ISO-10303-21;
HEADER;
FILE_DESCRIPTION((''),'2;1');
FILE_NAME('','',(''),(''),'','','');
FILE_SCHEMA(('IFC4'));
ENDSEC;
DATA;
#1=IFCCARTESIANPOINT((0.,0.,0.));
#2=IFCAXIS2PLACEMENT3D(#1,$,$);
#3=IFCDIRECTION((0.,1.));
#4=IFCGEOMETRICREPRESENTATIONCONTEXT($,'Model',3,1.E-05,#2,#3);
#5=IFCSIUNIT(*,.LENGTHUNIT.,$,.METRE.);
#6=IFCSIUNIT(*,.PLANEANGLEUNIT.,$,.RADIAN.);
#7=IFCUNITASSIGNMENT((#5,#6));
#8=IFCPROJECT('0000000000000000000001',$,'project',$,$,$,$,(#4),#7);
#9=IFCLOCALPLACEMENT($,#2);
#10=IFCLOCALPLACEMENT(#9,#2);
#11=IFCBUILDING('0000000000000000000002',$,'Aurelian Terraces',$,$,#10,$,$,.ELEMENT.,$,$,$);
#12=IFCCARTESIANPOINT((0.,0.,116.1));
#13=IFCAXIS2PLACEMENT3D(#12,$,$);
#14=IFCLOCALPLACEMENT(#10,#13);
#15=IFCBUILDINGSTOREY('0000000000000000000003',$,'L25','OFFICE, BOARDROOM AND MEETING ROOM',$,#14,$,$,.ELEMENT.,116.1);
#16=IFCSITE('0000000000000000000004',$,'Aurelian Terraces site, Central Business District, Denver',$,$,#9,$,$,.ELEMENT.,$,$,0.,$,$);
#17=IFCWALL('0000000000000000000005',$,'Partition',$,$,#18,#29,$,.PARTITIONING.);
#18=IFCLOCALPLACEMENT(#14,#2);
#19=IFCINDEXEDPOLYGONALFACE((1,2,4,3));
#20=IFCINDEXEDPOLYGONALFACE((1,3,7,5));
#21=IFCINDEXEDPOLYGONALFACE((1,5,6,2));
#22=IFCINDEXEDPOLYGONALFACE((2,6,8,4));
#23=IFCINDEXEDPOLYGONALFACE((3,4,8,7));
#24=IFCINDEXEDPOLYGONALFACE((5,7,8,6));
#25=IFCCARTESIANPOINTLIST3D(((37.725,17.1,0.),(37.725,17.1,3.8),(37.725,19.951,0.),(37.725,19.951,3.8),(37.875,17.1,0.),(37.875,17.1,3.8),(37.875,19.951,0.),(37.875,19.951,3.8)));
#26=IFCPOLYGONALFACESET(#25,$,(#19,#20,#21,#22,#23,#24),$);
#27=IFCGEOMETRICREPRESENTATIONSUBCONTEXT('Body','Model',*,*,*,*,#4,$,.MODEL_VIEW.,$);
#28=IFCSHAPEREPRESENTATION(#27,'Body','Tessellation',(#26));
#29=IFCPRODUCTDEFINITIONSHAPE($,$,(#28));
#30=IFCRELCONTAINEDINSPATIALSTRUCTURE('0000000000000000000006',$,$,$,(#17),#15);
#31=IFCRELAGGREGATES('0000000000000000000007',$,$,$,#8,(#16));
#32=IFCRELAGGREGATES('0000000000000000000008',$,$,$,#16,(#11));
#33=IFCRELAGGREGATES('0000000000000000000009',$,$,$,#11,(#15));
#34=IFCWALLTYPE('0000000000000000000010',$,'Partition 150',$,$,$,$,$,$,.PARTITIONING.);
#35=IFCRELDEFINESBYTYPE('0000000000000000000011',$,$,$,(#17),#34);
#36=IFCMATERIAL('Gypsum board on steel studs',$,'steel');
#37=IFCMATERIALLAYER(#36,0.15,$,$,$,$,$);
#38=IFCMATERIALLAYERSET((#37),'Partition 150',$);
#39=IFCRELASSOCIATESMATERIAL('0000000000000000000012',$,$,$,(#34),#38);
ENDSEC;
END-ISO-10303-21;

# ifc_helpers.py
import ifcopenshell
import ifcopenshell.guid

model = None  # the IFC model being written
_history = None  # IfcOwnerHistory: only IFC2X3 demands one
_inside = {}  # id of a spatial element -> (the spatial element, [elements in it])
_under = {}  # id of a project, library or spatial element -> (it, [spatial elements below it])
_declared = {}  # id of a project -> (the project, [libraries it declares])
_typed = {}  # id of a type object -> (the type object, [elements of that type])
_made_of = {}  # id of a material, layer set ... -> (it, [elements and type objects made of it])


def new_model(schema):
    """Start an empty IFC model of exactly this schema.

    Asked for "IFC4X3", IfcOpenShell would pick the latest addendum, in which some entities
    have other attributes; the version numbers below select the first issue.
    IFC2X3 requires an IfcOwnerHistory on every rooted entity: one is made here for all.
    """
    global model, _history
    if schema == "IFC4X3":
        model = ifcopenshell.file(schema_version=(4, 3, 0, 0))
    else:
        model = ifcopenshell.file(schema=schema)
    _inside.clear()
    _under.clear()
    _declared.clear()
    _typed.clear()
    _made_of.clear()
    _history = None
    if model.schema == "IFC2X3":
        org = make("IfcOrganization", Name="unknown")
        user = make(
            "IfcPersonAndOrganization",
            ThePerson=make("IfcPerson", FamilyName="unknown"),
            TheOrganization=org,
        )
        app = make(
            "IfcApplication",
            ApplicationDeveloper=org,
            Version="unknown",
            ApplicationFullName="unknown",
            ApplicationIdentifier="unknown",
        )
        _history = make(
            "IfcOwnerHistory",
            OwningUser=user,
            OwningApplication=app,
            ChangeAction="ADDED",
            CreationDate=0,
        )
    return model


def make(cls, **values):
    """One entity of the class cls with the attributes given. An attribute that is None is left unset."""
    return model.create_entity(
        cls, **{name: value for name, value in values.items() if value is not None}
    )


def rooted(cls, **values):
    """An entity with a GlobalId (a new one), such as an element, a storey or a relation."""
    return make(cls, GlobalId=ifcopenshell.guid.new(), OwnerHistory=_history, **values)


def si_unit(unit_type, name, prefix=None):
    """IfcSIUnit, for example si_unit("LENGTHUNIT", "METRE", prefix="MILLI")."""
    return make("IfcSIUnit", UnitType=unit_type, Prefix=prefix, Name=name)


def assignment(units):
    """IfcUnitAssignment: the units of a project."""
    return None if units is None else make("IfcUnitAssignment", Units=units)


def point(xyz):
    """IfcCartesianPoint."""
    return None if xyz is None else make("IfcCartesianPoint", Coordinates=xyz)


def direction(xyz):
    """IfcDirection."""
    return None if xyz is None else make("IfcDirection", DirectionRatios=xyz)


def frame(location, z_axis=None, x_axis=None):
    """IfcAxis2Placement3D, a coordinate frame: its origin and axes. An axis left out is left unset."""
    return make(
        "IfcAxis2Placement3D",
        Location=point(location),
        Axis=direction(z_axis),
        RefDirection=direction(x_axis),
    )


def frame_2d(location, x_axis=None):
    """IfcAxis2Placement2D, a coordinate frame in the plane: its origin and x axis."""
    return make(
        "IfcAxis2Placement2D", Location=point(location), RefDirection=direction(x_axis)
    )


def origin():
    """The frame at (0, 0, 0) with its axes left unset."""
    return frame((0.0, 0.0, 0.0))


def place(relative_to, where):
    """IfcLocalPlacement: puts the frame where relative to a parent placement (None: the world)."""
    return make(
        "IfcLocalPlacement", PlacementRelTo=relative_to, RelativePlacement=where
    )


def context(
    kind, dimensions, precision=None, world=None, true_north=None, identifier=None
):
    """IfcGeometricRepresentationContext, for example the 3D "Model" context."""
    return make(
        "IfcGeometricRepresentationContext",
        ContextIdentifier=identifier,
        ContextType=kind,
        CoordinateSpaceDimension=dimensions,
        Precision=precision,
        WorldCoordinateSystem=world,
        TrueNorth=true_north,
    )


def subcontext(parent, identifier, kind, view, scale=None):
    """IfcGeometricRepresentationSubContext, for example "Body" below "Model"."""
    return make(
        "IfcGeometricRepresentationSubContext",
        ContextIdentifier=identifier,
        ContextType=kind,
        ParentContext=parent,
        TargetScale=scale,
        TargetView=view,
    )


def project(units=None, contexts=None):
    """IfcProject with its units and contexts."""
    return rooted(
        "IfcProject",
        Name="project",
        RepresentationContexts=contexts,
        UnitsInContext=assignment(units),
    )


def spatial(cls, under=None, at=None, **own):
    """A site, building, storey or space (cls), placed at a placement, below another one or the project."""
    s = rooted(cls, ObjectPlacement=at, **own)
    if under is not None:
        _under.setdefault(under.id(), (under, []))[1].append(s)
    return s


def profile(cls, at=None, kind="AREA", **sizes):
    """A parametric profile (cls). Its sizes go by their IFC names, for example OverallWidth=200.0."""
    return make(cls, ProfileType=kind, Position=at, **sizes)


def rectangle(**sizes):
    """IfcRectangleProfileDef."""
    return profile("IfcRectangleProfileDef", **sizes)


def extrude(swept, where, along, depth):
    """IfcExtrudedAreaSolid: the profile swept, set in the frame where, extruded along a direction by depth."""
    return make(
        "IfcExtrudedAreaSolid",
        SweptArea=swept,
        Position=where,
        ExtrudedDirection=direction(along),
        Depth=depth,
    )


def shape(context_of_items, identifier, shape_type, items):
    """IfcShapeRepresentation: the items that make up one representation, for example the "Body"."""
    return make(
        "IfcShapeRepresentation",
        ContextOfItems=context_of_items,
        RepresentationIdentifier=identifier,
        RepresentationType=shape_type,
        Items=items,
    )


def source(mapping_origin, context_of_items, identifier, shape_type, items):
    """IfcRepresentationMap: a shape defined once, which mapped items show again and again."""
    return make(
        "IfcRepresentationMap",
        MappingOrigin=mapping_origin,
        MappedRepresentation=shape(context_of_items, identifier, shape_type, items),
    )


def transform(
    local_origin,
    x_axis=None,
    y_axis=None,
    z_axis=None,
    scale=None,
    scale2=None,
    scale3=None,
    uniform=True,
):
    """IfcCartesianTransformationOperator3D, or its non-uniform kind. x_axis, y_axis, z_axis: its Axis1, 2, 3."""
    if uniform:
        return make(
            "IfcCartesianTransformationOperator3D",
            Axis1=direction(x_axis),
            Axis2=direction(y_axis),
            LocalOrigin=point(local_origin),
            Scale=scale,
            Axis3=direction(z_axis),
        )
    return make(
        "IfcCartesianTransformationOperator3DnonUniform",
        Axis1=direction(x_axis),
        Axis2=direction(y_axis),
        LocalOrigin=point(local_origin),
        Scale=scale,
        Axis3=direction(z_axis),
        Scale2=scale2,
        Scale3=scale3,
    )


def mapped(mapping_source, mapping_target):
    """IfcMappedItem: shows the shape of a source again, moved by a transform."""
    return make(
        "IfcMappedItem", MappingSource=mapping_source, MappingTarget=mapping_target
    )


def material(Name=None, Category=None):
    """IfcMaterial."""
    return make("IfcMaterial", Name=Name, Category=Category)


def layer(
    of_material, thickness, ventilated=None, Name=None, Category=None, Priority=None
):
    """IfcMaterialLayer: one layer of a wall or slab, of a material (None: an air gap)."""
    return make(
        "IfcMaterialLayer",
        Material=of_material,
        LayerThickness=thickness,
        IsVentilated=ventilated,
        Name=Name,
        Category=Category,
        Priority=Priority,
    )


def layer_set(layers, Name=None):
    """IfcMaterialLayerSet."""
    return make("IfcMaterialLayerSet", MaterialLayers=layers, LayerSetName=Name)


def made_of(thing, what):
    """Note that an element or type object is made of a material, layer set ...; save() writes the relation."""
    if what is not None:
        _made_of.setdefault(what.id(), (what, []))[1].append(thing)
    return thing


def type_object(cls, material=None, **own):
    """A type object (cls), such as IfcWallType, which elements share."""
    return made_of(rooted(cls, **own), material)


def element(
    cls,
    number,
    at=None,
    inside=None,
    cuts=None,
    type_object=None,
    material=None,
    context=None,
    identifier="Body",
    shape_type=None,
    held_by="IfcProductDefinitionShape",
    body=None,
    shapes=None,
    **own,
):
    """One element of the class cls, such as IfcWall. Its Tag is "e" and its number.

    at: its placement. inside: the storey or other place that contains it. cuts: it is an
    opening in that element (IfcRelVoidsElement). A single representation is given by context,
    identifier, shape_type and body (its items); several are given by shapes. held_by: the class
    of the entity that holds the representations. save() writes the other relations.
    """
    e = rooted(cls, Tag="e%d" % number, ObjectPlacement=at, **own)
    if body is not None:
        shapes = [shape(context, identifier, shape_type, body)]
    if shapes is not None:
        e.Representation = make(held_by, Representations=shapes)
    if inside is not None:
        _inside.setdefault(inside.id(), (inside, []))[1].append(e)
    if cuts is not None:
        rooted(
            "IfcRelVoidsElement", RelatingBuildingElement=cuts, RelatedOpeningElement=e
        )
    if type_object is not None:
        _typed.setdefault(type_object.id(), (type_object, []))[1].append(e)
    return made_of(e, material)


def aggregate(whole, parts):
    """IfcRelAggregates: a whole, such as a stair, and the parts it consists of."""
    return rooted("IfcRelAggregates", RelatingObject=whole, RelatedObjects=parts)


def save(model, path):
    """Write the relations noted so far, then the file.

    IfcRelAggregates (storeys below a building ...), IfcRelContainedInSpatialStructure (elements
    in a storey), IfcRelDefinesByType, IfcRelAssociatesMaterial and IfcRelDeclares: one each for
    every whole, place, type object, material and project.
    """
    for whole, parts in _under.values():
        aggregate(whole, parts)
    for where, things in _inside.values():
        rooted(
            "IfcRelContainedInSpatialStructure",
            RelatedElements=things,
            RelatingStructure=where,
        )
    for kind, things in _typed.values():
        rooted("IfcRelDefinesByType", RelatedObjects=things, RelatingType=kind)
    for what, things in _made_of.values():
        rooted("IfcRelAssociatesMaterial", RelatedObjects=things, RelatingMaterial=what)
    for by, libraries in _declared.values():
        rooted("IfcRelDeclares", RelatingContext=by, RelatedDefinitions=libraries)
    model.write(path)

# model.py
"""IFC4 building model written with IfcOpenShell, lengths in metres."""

from ifc_helpers import new_model, si_unit, direction, frame, frame_2d, origin, place, context, subcontext, project, spatial, rectangle, extrude, source, transform, mapped, material, layer, layer_set, type_object, element, save


model = new_model("IFC4")

# Units and contexts
model_context = context("Model", 3, precision=1e-05, world=origin(), true_north=direction((0.0, 1.0)))
body_context = subcontext(model_context, "Body", "Model", "MODEL_VIEW")
ifc_project = project(units=[si_unit("LENGTHUNIT", "METRE"), si_unit("PLANEANGLEUNIT", "RADIAN")], contexts=[model_context])

# Site, building, storey
site_placement = place(None, origin())
site = spatial("IfcSite", under=ifc_project, at=site_placement, Name="Aurelian Terraces site, Central Business District, Denver", CompositionType="ELEMENT", RefElevation=0.0)
building_placement = place(site_placement, origin())
building = spatial("IfcBuilding", under=site, at=building_placement, Name="Aurelian Terraces", CompositionType="ELEMENT")
storey_placement = place(building_placement, frame((0.0, 0.0, 116.1)))
storey = spatial("IfcBuildingStorey", under=building, at=storey_placement, Name="L25", Description="OFFICE, BOARDROOM AND MEETING ROOM", CompositionType="ELEMENT", Elevation=116.1)

# Shared definitions
ifc_material_1 = material(Name="Gypsum board on steel studs", Category="steel")
ifc_layer_1 = layer(ifc_material_1, 0.15)
ifc_layer_set_1 = layer_set([ifc_layer_1], Name="Partition 150")
wall_type_1 = type_object("IfcWallType", Name="Partition 150", PredefinedType="PARTITIONING", material=ifc_layer_set_1)

# Wall
shared_shape_1 = source(origin(), body_context, "Body", "SweptSolid", [
    extrude(rectangle(XDim=2.851, YDim=0.15, at=frame_2d((1.4255, 0.0))), origin(), (0.0, 0.0, 1.0), 3.8),
])
wall_1_placement = place(storey_placement, frame((37.8, 17.1, 0.0), z_axis=(0.0, 0.0, 1.0), x_axis=(0.0, 1.0, 0.0)))
element("IfcWall", 1, at=wall_1_placement, inside=storey, type_object=wall_type_1, Name="Partition", PredefinedType="PARTITIONING", context=body_context, shape_type="MappedRepresentation", body=[
    mapped(shared_shape_1, transform((0.0, 0.0, 0.0), scale=1.0)),
])

save(model, "model.ifc")
